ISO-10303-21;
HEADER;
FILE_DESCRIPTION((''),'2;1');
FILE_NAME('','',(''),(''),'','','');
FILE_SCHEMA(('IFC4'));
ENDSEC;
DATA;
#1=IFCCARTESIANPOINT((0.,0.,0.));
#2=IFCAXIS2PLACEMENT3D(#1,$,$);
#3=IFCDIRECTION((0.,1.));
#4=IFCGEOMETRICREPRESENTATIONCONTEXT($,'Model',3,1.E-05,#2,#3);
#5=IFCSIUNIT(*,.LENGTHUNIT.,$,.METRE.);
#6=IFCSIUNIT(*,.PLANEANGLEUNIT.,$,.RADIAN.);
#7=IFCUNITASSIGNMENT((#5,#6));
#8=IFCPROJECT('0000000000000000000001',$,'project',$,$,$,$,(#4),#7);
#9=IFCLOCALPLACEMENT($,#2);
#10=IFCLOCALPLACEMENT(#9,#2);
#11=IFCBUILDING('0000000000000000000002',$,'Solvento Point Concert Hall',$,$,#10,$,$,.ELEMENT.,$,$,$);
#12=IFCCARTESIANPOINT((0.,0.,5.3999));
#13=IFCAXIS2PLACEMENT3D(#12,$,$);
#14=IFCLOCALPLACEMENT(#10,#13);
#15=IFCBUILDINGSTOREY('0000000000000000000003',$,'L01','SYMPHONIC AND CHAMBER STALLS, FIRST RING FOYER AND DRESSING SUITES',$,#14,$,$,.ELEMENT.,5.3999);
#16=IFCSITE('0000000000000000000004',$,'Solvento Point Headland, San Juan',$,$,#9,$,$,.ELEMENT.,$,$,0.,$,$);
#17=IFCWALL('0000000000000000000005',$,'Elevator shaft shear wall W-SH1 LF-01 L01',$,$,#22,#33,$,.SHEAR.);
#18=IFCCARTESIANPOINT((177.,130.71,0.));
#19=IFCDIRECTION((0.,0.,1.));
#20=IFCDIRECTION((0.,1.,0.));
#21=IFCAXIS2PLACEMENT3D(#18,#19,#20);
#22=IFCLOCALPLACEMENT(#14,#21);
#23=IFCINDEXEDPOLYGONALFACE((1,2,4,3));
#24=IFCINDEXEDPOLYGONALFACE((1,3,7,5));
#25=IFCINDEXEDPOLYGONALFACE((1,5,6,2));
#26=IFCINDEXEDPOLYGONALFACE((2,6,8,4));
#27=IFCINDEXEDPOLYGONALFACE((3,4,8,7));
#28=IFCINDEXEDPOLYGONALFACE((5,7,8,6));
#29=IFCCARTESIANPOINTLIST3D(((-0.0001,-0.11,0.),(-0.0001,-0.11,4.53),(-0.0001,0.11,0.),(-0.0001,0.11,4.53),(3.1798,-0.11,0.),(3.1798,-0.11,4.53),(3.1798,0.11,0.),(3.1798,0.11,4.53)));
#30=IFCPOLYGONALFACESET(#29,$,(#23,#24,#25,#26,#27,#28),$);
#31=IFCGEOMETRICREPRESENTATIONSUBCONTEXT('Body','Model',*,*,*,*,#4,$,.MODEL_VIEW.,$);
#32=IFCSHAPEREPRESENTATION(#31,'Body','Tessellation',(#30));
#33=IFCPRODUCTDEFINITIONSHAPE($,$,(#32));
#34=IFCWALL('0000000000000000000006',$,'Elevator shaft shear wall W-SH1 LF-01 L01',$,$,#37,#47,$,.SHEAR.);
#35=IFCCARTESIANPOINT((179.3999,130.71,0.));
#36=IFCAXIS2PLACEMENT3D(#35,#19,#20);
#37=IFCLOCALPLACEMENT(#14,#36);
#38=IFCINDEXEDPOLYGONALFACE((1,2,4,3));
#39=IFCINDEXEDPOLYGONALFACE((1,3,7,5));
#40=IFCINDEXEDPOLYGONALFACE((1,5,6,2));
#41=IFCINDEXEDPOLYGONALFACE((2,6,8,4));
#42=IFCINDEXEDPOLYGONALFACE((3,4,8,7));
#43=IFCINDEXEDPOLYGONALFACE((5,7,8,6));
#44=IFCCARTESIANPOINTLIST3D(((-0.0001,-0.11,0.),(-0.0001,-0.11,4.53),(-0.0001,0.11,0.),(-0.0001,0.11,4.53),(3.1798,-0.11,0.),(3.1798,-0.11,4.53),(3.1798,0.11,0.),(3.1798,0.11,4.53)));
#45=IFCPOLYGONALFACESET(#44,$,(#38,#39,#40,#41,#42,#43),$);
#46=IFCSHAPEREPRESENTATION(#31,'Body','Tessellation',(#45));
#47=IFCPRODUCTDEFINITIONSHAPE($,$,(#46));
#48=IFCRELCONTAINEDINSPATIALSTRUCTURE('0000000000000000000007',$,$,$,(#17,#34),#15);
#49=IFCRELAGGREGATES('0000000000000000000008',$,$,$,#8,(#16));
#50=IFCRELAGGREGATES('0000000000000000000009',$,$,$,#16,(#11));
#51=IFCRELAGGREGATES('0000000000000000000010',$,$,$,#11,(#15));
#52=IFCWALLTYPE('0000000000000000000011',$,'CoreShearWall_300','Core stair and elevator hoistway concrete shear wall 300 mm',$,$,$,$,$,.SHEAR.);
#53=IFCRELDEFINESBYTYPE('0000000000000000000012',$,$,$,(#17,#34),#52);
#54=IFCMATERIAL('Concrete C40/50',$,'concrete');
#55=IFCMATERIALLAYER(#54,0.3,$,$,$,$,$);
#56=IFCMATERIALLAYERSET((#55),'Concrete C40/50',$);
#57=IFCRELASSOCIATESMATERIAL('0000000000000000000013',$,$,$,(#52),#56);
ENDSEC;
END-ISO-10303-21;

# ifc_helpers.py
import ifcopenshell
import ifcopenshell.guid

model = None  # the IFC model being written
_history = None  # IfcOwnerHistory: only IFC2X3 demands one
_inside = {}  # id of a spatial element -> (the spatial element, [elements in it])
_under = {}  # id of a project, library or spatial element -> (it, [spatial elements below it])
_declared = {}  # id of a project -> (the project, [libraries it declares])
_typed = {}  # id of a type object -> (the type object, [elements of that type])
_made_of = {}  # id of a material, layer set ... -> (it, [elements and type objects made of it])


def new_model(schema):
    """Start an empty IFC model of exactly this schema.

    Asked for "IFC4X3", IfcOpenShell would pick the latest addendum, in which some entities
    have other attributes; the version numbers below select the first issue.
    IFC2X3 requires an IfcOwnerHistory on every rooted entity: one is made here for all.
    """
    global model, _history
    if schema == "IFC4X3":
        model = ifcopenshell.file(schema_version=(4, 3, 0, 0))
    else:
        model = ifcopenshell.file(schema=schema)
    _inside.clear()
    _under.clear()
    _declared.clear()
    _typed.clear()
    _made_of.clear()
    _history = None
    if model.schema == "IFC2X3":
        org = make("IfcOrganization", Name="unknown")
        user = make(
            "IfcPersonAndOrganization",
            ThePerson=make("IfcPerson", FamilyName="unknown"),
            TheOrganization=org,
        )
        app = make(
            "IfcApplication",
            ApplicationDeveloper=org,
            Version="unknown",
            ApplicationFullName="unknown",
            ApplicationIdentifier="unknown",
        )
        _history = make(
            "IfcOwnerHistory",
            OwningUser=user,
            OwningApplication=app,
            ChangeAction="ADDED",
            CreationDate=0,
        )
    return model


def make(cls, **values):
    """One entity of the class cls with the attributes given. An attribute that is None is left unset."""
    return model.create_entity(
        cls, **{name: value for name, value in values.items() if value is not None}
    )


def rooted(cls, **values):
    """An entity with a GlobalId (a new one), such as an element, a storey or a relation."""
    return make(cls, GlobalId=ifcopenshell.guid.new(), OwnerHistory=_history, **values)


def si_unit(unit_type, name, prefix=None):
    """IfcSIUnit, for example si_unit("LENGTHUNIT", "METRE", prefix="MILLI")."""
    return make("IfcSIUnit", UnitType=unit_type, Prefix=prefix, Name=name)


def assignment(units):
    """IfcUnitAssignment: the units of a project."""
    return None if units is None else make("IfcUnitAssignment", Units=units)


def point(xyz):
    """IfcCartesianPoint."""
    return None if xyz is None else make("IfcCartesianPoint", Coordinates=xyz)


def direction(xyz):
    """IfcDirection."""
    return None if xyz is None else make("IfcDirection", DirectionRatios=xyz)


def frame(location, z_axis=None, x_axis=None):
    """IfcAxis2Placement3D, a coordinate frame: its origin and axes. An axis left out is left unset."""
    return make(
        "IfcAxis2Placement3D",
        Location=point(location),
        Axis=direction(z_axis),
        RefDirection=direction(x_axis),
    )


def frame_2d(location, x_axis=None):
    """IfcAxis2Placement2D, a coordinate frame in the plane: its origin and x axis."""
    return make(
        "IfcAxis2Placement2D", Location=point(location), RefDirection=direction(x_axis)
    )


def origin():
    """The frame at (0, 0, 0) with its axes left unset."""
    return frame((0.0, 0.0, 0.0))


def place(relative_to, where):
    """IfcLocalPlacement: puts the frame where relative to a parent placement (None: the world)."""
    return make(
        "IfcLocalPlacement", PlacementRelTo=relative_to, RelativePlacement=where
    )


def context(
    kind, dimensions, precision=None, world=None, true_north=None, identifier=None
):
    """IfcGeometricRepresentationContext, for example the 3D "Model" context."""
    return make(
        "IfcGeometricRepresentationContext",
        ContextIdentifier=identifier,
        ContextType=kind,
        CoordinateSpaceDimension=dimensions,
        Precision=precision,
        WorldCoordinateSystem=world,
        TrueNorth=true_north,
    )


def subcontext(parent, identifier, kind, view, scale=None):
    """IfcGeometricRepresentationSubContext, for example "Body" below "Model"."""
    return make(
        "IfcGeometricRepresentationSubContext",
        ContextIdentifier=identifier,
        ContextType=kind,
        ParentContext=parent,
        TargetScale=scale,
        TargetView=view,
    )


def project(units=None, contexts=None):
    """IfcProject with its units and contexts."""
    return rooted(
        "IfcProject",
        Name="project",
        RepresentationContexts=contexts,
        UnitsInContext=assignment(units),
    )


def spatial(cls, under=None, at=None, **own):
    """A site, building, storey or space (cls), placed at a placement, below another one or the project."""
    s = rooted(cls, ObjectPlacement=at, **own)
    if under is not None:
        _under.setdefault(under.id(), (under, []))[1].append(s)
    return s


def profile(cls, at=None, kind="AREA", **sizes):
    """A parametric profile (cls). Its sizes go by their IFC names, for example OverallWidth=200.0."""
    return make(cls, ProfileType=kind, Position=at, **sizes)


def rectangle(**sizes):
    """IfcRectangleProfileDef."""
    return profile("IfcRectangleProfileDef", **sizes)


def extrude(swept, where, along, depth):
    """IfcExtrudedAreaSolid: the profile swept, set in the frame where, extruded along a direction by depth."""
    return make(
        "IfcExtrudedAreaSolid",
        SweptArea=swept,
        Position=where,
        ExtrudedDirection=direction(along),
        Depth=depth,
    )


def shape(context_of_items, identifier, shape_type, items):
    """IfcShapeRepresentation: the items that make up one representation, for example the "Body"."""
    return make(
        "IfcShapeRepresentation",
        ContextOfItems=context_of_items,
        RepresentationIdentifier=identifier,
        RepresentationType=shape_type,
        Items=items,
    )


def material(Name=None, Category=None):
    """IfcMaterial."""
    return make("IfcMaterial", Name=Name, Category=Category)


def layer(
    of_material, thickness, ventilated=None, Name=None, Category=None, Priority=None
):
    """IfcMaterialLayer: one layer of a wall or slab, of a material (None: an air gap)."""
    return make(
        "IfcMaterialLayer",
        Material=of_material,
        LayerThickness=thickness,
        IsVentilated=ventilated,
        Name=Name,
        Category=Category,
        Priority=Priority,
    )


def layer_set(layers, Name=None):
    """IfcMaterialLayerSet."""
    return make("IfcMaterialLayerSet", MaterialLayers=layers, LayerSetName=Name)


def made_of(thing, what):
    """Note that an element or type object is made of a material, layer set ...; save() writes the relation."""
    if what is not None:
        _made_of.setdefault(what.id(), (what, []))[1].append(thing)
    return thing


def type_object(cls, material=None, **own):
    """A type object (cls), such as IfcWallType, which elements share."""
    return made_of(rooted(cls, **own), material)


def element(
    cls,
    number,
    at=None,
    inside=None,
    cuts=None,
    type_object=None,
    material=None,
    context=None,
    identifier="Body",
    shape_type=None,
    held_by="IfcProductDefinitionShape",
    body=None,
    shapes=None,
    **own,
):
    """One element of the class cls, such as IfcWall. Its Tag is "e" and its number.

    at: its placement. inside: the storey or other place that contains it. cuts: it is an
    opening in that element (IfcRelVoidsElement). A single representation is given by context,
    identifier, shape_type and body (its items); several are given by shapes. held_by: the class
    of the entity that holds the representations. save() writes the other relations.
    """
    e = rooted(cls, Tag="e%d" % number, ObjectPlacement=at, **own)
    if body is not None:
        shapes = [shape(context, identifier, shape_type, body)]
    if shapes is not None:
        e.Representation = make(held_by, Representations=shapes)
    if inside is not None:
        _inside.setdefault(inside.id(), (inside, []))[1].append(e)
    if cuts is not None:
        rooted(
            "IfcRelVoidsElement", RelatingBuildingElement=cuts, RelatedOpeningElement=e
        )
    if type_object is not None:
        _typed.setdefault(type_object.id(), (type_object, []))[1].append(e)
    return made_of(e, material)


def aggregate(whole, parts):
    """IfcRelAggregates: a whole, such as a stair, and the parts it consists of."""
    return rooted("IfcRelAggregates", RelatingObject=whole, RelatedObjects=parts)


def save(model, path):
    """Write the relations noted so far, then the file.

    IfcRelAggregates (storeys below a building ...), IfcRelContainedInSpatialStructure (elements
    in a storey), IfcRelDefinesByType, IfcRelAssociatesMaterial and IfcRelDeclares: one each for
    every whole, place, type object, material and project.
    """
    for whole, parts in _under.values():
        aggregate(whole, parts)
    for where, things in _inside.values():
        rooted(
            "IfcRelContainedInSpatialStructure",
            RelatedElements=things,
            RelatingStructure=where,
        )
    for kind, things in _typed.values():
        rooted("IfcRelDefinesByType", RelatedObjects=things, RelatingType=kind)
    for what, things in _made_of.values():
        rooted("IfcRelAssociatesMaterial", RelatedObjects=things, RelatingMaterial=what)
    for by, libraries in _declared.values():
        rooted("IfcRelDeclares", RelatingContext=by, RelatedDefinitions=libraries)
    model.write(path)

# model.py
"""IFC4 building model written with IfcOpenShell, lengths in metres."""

from ifc_helpers import new_model, si_unit, direction, frame, frame_2d, origin, place, context, subcontext, project, spatial, rectangle, extrude, material, layer, layer_set, type_object, element, save


model = new_model("IFC4")

# Units and contexts
model_context = context("Model", 3, precision=1e-05, world=origin(), true_north=direction((0.0, 1.0)))
body_context = subcontext(model_context, "Body", "Model", "MODEL_VIEW")
ifc_project = project(units=[si_unit("LENGTHUNIT", "METRE"), si_unit("PLANEANGLEUNIT", "RADIAN")], contexts=[model_context])

# Site, building, storey
site_placement = place(None, origin())
site = spatial("IfcSite", under=ifc_project, at=site_placement, Name="Solvento Point Headland, San Juan", CompositionType="ELEMENT", RefElevation=0.0)
building_placement = place(site_placement, origin())
building = spatial("IfcBuilding", under=site, at=building_placement, Name="Solvento Point Concert Hall", CompositionType="ELEMENT")
storey_placement = place(building_placement, frame((0.0, 0.0, 5.3999)))
storey = spatial("IfcBuildingStorey", under=building, at=storey_placement, Name="L01", Description="SYMPHONIC AND CHAMBER STALLS, FIRST RING FOYER AND DRESSING SUITES", CompositionType="ELEMENT", Elevation=5.3999)

# Shared definitions
ifc_material_1 = material(Name="Concrete C40/50", Category="concrete")
ifc_layer_1 = layer(ifc_material_1, 0.3)
ifc_layer_set_1 = layer_set([ifc_layer_1], Name="Concrete C40/50")
wall_type_1 = type_object("IfcWallType", Name="CoreShearWall_300", Description="Core stair and elevator hoistway concrete shear wall 300 mm", PredefinedType="SHEAR", material=ifc_layer_set_1)

# Walls
for number, where, z_axis, x_axis, name in (
    (1, (177.0, 130.71, 0.0), (0.0, 0.0, 1.0), (0.0, 1.0, 0.0), "Elevator shaft shear wall W-SH1 LF-01 L01"),
    (2, (179.3999, 130.71, 0.0), (0.0, 0.0, 1.0), (0.0, 1.0, 0.0), "Elevator shaft shear wall W-SH1 LF-01 L01"),
):
    element("IfcWall", number, at=place(storey_placement, frame(where, z_axis=z_axis, x_axis=x_axis)), inside=storey, type_object=wall_type_1, Name=name, PredefinedType="SHEAR", context=body_context, shape_type="SweptSolid", body=[
        extrude(rectangle(XDim=3.1799, YDim=0.22, at=frame_2d((1.5898, 0.0))), origin(), (0.0, 0.0, 1.0), 4.53),
    ])

save(model, "model.ifc")
